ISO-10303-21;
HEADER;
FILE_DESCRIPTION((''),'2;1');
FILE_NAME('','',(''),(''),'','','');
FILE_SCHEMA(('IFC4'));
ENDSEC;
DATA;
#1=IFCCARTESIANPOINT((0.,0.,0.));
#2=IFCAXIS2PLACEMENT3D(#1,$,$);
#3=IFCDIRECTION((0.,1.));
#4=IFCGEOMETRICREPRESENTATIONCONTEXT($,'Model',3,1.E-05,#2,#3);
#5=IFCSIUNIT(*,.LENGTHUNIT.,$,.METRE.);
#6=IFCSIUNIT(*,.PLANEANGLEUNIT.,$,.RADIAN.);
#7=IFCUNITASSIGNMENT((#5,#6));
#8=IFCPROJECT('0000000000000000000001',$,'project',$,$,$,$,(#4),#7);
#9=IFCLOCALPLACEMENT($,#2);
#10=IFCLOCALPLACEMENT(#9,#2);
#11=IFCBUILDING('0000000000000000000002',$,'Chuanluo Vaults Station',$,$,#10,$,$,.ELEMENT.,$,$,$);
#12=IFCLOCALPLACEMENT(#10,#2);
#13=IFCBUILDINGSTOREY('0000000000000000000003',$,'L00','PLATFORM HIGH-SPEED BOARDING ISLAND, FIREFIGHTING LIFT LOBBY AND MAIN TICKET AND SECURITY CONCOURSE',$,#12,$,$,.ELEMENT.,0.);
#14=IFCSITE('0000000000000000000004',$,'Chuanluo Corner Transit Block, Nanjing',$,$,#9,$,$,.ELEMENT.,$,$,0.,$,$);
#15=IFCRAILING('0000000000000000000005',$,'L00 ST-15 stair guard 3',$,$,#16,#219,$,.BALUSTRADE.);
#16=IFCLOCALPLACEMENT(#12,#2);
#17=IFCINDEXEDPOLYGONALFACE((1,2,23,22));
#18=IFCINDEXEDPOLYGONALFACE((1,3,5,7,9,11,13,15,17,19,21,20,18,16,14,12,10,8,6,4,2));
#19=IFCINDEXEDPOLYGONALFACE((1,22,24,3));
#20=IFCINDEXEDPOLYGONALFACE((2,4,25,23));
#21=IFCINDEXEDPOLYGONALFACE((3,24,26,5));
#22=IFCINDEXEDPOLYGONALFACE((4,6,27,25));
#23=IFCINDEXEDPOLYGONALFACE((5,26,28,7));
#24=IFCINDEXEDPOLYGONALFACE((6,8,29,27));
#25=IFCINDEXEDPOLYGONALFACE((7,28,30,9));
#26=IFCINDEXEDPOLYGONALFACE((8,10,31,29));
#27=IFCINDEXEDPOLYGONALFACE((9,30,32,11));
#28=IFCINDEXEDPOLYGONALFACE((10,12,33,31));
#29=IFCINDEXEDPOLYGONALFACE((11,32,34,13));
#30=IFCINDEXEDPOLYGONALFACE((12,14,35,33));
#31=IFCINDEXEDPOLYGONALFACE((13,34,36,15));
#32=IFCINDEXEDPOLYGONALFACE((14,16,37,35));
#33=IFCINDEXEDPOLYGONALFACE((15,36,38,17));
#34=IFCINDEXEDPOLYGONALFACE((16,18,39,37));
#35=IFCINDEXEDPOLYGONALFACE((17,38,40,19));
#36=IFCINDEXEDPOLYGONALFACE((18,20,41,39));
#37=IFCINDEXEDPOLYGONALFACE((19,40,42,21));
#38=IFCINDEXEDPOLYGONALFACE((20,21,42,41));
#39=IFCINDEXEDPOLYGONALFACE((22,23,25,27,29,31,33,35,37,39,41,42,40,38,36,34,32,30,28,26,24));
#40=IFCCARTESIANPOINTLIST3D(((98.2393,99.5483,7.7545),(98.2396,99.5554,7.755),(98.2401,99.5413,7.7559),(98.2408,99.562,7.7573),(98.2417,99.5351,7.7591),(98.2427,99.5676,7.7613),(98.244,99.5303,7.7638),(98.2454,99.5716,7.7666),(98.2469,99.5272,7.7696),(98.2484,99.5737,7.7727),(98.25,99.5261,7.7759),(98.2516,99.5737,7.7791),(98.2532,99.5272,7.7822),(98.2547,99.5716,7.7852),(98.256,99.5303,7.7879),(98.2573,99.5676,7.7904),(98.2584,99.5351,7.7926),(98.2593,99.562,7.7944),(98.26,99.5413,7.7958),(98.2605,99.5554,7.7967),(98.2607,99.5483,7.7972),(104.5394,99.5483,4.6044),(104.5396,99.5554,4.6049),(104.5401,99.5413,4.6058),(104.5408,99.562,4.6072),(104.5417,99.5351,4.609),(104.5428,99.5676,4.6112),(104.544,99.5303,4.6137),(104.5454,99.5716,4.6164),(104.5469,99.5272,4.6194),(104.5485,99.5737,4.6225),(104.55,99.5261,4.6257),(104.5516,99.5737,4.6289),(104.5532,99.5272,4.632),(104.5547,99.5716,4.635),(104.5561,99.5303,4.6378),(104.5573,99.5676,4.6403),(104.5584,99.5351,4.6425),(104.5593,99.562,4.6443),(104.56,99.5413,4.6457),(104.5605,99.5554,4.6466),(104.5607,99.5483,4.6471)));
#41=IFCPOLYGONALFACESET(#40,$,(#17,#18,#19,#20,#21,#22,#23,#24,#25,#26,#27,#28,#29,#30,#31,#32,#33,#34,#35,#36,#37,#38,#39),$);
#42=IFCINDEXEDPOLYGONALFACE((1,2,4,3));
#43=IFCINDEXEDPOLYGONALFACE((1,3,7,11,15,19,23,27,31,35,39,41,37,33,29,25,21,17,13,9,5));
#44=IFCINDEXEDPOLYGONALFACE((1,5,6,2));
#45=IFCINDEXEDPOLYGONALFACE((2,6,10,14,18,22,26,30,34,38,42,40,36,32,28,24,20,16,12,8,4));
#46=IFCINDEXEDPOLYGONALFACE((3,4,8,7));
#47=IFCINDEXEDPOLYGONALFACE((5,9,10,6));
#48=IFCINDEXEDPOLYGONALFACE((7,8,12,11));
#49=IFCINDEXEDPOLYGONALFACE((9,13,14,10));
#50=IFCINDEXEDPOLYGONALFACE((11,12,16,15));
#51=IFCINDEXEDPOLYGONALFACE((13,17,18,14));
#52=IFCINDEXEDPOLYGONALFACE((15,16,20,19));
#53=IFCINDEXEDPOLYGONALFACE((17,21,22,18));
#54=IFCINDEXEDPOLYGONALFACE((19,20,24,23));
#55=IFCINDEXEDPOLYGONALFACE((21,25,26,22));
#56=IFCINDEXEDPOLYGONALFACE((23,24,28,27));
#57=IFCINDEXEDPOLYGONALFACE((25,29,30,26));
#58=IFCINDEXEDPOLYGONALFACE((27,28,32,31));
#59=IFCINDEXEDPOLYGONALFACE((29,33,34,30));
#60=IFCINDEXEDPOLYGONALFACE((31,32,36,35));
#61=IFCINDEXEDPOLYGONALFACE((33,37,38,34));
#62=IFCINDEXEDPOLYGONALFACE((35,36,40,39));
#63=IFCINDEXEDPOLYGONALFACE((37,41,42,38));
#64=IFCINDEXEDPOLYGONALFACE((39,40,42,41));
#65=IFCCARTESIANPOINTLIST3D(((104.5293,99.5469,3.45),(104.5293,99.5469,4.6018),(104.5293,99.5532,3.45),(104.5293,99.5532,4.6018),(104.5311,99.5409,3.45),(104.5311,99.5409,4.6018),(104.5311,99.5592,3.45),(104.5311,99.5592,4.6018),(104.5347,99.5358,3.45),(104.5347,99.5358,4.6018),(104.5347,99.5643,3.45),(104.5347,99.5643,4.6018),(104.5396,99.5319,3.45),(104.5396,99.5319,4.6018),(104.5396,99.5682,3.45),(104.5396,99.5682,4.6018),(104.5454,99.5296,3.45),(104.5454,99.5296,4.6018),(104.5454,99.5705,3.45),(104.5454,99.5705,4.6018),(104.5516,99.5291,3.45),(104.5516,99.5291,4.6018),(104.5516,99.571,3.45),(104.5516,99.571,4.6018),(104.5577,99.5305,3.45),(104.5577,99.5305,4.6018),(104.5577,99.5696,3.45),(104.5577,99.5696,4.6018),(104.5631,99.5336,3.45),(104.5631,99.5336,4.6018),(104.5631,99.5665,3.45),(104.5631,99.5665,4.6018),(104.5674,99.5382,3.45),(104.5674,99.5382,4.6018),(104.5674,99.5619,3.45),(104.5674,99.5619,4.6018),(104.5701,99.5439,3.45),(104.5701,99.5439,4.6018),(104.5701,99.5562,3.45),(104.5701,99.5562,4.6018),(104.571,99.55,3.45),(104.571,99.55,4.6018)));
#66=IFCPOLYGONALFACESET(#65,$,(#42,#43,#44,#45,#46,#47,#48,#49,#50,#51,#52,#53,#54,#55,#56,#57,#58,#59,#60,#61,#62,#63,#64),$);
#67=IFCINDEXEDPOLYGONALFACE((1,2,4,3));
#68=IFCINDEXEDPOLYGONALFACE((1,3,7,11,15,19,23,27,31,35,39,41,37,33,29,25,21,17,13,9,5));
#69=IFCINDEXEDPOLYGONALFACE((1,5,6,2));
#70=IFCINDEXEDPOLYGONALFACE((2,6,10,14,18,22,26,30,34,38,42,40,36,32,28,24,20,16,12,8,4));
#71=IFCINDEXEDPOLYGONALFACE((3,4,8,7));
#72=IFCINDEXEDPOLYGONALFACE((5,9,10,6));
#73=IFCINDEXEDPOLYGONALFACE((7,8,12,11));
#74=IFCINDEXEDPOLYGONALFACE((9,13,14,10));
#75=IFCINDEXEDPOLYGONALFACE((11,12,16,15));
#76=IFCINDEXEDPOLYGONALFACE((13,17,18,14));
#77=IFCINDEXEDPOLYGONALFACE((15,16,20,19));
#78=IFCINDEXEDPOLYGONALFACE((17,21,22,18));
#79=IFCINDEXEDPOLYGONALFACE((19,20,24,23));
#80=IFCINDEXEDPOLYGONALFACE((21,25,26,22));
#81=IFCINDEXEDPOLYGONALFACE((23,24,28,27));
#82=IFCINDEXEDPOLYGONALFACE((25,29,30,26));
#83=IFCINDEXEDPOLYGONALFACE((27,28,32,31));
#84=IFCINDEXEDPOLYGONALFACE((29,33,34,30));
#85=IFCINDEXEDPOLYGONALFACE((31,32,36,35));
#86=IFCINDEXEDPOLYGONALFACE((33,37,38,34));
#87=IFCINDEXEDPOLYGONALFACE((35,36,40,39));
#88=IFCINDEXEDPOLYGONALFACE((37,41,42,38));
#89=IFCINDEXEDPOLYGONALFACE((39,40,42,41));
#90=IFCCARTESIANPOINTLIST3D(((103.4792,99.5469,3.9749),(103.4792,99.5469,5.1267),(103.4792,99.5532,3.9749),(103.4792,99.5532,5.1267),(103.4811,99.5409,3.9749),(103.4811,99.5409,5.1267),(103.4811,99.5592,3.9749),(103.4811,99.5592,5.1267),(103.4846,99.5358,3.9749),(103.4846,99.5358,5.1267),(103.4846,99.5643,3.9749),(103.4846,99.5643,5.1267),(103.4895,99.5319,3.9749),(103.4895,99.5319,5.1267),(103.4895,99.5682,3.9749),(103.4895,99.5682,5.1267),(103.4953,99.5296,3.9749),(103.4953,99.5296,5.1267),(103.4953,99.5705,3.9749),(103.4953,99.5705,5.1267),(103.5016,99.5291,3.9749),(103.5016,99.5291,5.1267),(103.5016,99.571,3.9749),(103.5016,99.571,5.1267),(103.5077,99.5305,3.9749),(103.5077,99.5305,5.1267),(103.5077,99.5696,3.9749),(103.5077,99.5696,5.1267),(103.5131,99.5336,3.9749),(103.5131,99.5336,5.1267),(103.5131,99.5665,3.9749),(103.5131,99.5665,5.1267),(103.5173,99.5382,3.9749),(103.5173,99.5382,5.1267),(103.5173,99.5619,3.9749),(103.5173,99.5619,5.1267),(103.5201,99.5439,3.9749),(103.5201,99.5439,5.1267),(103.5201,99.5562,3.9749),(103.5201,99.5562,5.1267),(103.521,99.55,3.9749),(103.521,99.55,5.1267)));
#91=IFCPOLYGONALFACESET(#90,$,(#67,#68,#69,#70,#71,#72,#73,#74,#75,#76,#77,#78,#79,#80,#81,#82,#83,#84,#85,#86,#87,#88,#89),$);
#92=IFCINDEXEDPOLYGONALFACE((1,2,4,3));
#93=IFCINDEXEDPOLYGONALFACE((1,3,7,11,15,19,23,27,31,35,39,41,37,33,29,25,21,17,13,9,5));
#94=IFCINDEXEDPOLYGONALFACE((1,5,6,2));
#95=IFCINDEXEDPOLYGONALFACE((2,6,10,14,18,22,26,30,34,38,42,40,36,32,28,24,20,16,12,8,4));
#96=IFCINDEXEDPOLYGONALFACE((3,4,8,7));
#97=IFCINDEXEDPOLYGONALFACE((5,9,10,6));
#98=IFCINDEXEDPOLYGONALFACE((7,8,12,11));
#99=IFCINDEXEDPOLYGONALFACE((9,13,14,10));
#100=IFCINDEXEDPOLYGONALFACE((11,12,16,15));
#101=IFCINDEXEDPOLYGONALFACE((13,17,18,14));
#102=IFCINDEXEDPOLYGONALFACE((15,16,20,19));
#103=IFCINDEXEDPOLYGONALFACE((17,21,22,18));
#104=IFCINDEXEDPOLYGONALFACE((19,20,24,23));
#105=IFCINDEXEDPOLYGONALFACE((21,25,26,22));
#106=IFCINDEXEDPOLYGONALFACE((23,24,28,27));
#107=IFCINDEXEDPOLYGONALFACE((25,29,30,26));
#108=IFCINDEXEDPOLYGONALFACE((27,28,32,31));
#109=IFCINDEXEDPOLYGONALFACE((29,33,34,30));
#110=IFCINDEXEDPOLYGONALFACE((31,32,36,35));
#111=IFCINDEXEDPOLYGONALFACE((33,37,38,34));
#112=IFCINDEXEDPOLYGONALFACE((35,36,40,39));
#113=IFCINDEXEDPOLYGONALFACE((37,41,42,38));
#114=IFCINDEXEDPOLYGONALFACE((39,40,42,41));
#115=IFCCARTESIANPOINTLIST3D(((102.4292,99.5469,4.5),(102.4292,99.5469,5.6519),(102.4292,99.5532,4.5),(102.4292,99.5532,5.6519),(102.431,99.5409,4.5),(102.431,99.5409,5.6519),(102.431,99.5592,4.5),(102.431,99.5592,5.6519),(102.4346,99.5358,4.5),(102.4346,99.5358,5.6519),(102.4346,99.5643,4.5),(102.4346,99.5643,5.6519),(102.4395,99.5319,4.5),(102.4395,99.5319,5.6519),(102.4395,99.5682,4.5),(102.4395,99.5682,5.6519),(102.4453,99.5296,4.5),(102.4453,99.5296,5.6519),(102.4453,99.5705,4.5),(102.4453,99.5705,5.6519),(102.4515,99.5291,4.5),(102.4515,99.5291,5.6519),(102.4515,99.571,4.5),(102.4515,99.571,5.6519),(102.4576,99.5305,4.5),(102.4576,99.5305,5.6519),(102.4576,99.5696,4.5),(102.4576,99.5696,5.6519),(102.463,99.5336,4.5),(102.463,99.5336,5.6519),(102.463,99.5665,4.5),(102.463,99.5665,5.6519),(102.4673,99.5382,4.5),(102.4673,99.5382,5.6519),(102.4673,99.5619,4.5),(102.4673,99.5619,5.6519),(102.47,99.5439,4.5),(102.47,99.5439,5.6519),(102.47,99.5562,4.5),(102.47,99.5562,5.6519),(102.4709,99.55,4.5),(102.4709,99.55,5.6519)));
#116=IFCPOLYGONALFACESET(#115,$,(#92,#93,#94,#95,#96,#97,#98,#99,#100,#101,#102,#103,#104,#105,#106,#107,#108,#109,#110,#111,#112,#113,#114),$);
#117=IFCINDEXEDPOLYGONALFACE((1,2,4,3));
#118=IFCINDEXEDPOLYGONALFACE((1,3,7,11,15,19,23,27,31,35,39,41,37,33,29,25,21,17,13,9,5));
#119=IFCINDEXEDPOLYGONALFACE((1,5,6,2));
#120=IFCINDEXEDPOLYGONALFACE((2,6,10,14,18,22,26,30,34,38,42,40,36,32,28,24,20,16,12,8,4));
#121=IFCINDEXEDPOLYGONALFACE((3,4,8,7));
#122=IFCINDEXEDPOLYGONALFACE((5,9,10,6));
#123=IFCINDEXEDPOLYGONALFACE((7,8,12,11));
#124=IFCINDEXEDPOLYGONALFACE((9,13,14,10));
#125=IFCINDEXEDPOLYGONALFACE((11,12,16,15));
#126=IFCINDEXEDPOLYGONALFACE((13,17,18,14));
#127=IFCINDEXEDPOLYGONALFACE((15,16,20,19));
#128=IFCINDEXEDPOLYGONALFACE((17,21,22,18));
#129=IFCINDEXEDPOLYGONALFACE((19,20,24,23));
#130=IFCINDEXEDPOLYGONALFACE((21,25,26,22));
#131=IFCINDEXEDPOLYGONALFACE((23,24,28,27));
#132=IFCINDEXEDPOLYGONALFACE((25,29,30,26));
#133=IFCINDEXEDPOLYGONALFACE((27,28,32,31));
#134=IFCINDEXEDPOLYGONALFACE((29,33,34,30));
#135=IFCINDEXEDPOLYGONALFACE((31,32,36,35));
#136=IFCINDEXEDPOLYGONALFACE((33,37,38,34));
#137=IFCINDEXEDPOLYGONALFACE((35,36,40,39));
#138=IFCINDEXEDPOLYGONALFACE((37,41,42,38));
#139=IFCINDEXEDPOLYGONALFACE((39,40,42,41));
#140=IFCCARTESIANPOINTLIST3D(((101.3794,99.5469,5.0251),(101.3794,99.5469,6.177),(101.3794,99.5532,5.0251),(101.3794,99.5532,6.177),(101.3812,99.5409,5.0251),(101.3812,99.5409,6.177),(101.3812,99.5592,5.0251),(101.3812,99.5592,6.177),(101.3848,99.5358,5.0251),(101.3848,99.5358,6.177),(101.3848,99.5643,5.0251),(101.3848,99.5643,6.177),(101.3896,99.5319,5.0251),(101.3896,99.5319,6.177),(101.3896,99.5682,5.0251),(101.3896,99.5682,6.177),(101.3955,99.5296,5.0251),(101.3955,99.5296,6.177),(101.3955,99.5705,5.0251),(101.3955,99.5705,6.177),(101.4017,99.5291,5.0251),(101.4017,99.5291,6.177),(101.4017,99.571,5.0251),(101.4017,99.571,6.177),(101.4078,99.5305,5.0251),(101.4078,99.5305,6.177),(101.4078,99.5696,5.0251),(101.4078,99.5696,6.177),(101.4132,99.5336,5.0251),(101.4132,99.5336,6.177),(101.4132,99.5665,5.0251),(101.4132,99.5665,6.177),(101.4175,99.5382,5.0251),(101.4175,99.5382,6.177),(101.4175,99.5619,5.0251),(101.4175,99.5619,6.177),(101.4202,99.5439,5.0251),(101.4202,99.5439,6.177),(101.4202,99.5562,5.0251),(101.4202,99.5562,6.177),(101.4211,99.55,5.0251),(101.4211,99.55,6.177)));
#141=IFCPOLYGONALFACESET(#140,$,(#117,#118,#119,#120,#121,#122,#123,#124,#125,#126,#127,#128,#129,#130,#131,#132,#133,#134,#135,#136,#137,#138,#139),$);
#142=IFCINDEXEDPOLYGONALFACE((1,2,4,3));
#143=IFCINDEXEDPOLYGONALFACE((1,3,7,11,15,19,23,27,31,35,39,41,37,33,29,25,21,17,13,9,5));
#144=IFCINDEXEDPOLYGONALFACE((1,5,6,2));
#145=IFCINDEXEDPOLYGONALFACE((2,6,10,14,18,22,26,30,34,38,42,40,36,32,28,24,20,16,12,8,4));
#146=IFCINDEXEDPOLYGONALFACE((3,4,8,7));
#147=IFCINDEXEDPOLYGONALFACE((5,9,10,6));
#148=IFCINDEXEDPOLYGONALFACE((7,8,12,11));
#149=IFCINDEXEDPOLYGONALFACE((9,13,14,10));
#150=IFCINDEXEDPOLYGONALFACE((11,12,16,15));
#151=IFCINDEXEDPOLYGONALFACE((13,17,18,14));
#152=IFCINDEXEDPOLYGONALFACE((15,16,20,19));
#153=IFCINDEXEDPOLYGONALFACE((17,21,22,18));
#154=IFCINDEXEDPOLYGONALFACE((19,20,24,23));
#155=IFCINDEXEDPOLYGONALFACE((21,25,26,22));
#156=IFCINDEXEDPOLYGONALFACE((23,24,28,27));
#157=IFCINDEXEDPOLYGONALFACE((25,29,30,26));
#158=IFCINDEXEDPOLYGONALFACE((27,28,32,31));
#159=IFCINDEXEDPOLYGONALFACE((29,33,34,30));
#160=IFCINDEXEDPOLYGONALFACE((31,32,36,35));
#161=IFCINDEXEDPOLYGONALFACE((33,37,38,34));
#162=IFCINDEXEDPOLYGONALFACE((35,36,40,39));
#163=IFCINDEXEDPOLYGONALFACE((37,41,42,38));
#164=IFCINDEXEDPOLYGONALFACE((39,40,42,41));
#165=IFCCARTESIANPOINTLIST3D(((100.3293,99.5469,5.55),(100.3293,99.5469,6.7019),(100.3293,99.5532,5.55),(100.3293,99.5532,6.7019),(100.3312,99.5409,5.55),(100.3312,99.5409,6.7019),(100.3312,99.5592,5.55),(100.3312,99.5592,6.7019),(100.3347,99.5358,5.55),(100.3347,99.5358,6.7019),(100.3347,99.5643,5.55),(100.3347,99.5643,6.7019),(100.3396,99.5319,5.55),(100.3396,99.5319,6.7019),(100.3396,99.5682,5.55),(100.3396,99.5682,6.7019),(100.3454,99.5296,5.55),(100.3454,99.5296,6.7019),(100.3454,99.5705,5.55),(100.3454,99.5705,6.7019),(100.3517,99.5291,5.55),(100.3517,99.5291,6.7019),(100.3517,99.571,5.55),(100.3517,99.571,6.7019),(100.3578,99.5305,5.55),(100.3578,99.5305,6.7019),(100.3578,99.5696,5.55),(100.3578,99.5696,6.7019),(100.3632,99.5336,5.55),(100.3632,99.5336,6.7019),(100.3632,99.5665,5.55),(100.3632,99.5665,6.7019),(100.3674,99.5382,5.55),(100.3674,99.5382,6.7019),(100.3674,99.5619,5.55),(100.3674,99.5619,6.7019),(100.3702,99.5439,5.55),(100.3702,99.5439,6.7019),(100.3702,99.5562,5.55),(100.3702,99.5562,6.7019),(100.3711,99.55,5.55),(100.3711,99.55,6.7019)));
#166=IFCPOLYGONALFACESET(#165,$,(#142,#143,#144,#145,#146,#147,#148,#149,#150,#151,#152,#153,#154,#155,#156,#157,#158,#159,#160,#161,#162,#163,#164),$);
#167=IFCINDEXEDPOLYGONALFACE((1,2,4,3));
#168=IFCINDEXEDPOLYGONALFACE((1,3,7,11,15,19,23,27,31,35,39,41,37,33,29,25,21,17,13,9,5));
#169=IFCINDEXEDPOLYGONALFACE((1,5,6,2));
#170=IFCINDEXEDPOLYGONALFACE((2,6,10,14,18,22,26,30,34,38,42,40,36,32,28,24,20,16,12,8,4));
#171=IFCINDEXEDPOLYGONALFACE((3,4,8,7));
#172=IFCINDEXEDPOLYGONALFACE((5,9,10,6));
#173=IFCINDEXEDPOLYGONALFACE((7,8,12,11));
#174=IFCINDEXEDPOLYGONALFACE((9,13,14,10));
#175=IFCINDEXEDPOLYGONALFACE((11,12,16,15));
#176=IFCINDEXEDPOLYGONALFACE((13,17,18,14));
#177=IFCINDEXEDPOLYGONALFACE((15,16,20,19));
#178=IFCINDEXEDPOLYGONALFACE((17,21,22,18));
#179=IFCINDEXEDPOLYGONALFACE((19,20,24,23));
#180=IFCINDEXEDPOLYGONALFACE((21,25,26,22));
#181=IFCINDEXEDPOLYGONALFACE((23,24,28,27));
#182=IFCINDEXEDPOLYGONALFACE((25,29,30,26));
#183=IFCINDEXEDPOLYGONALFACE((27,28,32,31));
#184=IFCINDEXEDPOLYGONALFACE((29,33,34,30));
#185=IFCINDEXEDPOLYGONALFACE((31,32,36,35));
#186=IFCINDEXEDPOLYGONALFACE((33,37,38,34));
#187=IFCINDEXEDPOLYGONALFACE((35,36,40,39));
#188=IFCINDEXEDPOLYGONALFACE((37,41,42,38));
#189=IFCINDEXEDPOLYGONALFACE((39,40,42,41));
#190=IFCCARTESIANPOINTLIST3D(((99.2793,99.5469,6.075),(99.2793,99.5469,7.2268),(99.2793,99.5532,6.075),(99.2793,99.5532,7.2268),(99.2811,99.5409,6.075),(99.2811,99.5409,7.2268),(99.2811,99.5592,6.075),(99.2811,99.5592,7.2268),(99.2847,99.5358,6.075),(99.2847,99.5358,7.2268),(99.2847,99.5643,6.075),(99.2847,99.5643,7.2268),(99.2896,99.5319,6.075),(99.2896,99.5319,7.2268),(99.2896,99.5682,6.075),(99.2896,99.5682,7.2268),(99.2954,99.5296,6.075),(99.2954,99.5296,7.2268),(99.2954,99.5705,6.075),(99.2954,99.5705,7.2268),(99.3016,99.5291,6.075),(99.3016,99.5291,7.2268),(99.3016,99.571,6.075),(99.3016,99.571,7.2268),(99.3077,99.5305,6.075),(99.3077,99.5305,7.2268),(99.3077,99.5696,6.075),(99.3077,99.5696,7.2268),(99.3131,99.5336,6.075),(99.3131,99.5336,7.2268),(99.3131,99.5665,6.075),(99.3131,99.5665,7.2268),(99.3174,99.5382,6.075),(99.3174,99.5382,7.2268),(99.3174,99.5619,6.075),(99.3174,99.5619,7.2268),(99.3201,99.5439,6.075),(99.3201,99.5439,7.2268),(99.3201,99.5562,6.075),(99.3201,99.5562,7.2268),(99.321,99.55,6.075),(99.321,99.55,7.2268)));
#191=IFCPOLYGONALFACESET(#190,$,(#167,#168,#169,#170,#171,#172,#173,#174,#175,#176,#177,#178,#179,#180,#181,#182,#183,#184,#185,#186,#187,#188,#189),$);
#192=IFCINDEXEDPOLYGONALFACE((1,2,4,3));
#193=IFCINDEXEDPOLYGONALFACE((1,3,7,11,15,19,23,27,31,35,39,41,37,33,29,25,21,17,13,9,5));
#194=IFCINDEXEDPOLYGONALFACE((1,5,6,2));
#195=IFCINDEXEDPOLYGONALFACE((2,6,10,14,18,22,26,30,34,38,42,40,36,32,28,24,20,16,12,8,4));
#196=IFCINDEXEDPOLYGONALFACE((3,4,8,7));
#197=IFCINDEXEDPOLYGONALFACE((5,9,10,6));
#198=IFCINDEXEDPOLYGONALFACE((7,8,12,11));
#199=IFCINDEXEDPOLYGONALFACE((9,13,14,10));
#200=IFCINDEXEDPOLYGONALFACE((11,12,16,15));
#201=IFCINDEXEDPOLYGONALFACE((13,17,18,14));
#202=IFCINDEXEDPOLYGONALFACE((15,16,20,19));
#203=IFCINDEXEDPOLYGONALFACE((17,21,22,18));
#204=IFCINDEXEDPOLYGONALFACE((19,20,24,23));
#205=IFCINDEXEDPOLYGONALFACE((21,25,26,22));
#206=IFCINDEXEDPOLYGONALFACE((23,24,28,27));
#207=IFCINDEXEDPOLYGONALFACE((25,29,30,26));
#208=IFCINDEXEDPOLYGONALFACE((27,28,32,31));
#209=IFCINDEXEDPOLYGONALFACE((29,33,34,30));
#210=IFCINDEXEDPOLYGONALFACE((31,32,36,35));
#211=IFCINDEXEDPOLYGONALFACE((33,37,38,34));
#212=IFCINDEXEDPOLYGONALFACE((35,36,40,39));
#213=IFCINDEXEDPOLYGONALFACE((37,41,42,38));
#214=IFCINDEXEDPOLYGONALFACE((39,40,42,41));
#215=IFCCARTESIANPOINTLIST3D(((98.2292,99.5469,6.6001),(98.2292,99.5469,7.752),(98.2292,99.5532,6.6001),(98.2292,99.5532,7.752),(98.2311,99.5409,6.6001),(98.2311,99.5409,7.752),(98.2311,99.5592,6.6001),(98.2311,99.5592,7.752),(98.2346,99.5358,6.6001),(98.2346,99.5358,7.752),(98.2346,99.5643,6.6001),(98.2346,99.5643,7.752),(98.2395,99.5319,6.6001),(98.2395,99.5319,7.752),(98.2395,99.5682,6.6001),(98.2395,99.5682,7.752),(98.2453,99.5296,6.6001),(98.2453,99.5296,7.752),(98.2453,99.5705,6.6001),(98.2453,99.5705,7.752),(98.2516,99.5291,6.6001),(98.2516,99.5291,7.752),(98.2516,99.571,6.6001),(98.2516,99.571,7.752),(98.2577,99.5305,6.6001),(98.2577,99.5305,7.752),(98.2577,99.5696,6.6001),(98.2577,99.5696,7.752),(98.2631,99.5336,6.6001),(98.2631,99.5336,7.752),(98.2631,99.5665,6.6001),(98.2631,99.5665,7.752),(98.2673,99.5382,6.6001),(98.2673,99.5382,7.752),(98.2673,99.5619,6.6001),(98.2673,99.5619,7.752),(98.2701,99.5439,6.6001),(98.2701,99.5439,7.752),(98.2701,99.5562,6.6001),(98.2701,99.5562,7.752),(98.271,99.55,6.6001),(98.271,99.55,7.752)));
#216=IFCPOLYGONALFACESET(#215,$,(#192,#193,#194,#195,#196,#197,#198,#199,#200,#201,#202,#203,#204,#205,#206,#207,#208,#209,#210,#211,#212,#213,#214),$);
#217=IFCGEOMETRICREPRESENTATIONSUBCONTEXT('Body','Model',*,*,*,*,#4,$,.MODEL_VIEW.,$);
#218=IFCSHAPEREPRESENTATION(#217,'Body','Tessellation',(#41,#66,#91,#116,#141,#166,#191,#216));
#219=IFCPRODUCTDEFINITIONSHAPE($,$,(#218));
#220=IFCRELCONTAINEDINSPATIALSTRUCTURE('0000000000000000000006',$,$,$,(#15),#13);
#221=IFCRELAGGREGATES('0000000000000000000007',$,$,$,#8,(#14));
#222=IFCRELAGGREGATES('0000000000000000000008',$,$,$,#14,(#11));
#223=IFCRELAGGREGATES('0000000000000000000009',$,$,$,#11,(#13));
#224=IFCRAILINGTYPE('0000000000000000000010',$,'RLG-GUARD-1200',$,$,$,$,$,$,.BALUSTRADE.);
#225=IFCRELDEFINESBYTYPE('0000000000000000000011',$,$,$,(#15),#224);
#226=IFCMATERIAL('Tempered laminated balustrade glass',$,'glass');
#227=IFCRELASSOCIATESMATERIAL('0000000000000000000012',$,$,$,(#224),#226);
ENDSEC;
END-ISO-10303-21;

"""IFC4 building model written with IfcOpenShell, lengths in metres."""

from ifc_helpers import new_model, si_unit, direction, frame, origin, origin_2d, place, context, subcontext, project, spatial, circle, extrude, material, type_object, element, save


model = new_model("IFC4")

# Units and contexts
model_context = context("Model", 3, precision=1e-05, world=origin(), true_north=direction((0.0, 1.0)))
body_context = subcontext(model_context, "Body", "Model", "MODEL_VIEW")
ifc_project = project(units=[si_unit("LENGTHUNIT", "METRE"), si_unit("PLANEANGLEUNIT", "RADIAN")], contexts=[model_context])

# Site, building, storey
site_placement = place(None, origin())
site = spatial("IfcSite", under=ifc_project, at=site_placement, Name="Chuanluo Corner Transit Block, Nanjing", CompositionType="ELEMENT", RefElevation=0.0)
building_placement = place(site_placement, origin())
building = spatial("IfcBuilding", under=site, at=building_placement, Name="Chuanluo Vaults Station", CompositionType="ELEMENT")
storey_placement = place(building_placement, origin())
storey = spatial("IfcBuildingStorey", under=building, at=storey_placement, Name="L00", Description="PLATFORM HIGH-SPEED BOARDING ISLAND, FIREFIGHTING LIFT LOBBY AND MAIN TICKET AND SECURITY CONCOURSE", CompositionType="ELEMENT", Elevation=0.0)

# Railing
ifc_material_1 = material(Name="Tempered laminated balustrade glass", Category="glass")
railing_type_1 = type_object("IfcRailingType", Name="RLG-GUARD-1200", PredefinedType="BALUSTRADE", material=ifc_material_1)
railing_1_placement = place(storey_placement, frame((104.55, 99.55, 3.45)))
element("IfcRailing", 1, at=railing_1_placement, inside=storey, type_object=railing_type_1, Name="L00 ST-15 stair guard 3", PredefinedType="BALUSTRADE", context=body_context, shape_type="SweptSolid", body=[
    extrude(circle(Radius=0.0239, at=origin_2d()), frame((0.0, 0.0, 1.1758), z_axis=(-0.89442, 0.0, 0.447227), x_axis=(0.0, -1.0, 0.0)), (0.0, 0.0, 1.0), 7.0437),
    extrude(circle(Radius=0.021, at=origin_2d()), origin(), (0.0, 0.0, 1.0), 1.1519),
    extrude(circle(Radius=0.021, at=origin_2d()), frame((-1.05, 0.0, 0.5249)), (0.0, 0.0, 1.0), 1.1519),
    extrude(circle(Radius=0.021, at=origin_2d()), frame((-2.1001, 0.0, 1.05)), (0.0, 0.0, 1.0), 1.1519),
    extrude(circle(Radius=0.021, at=origin_2d()), frame((-3.1499, 0.0, 1.5752)), (0.0, 0.0, 1.0), 1.1519),
    extrude(circle(Radius=0.021, at=origin_2d()), frame((-4.2, 0.0, 2.1001)), (0.0, 0.0, 1.0), 1.1519),
    extrude(circle(Radius=0.021, at=origin_2d()), frame((-5.25, 0.0, 2.625)), (0.0, 0.0, 1.0), 1.1519),
    extrude(circle(Radius=0.021, at=origin_2d()), frame((-6.3, 0.0, 3.1501)), (0.0, 0.0, 1.0), 1.1519),
])

save(model, "model.ifc")
